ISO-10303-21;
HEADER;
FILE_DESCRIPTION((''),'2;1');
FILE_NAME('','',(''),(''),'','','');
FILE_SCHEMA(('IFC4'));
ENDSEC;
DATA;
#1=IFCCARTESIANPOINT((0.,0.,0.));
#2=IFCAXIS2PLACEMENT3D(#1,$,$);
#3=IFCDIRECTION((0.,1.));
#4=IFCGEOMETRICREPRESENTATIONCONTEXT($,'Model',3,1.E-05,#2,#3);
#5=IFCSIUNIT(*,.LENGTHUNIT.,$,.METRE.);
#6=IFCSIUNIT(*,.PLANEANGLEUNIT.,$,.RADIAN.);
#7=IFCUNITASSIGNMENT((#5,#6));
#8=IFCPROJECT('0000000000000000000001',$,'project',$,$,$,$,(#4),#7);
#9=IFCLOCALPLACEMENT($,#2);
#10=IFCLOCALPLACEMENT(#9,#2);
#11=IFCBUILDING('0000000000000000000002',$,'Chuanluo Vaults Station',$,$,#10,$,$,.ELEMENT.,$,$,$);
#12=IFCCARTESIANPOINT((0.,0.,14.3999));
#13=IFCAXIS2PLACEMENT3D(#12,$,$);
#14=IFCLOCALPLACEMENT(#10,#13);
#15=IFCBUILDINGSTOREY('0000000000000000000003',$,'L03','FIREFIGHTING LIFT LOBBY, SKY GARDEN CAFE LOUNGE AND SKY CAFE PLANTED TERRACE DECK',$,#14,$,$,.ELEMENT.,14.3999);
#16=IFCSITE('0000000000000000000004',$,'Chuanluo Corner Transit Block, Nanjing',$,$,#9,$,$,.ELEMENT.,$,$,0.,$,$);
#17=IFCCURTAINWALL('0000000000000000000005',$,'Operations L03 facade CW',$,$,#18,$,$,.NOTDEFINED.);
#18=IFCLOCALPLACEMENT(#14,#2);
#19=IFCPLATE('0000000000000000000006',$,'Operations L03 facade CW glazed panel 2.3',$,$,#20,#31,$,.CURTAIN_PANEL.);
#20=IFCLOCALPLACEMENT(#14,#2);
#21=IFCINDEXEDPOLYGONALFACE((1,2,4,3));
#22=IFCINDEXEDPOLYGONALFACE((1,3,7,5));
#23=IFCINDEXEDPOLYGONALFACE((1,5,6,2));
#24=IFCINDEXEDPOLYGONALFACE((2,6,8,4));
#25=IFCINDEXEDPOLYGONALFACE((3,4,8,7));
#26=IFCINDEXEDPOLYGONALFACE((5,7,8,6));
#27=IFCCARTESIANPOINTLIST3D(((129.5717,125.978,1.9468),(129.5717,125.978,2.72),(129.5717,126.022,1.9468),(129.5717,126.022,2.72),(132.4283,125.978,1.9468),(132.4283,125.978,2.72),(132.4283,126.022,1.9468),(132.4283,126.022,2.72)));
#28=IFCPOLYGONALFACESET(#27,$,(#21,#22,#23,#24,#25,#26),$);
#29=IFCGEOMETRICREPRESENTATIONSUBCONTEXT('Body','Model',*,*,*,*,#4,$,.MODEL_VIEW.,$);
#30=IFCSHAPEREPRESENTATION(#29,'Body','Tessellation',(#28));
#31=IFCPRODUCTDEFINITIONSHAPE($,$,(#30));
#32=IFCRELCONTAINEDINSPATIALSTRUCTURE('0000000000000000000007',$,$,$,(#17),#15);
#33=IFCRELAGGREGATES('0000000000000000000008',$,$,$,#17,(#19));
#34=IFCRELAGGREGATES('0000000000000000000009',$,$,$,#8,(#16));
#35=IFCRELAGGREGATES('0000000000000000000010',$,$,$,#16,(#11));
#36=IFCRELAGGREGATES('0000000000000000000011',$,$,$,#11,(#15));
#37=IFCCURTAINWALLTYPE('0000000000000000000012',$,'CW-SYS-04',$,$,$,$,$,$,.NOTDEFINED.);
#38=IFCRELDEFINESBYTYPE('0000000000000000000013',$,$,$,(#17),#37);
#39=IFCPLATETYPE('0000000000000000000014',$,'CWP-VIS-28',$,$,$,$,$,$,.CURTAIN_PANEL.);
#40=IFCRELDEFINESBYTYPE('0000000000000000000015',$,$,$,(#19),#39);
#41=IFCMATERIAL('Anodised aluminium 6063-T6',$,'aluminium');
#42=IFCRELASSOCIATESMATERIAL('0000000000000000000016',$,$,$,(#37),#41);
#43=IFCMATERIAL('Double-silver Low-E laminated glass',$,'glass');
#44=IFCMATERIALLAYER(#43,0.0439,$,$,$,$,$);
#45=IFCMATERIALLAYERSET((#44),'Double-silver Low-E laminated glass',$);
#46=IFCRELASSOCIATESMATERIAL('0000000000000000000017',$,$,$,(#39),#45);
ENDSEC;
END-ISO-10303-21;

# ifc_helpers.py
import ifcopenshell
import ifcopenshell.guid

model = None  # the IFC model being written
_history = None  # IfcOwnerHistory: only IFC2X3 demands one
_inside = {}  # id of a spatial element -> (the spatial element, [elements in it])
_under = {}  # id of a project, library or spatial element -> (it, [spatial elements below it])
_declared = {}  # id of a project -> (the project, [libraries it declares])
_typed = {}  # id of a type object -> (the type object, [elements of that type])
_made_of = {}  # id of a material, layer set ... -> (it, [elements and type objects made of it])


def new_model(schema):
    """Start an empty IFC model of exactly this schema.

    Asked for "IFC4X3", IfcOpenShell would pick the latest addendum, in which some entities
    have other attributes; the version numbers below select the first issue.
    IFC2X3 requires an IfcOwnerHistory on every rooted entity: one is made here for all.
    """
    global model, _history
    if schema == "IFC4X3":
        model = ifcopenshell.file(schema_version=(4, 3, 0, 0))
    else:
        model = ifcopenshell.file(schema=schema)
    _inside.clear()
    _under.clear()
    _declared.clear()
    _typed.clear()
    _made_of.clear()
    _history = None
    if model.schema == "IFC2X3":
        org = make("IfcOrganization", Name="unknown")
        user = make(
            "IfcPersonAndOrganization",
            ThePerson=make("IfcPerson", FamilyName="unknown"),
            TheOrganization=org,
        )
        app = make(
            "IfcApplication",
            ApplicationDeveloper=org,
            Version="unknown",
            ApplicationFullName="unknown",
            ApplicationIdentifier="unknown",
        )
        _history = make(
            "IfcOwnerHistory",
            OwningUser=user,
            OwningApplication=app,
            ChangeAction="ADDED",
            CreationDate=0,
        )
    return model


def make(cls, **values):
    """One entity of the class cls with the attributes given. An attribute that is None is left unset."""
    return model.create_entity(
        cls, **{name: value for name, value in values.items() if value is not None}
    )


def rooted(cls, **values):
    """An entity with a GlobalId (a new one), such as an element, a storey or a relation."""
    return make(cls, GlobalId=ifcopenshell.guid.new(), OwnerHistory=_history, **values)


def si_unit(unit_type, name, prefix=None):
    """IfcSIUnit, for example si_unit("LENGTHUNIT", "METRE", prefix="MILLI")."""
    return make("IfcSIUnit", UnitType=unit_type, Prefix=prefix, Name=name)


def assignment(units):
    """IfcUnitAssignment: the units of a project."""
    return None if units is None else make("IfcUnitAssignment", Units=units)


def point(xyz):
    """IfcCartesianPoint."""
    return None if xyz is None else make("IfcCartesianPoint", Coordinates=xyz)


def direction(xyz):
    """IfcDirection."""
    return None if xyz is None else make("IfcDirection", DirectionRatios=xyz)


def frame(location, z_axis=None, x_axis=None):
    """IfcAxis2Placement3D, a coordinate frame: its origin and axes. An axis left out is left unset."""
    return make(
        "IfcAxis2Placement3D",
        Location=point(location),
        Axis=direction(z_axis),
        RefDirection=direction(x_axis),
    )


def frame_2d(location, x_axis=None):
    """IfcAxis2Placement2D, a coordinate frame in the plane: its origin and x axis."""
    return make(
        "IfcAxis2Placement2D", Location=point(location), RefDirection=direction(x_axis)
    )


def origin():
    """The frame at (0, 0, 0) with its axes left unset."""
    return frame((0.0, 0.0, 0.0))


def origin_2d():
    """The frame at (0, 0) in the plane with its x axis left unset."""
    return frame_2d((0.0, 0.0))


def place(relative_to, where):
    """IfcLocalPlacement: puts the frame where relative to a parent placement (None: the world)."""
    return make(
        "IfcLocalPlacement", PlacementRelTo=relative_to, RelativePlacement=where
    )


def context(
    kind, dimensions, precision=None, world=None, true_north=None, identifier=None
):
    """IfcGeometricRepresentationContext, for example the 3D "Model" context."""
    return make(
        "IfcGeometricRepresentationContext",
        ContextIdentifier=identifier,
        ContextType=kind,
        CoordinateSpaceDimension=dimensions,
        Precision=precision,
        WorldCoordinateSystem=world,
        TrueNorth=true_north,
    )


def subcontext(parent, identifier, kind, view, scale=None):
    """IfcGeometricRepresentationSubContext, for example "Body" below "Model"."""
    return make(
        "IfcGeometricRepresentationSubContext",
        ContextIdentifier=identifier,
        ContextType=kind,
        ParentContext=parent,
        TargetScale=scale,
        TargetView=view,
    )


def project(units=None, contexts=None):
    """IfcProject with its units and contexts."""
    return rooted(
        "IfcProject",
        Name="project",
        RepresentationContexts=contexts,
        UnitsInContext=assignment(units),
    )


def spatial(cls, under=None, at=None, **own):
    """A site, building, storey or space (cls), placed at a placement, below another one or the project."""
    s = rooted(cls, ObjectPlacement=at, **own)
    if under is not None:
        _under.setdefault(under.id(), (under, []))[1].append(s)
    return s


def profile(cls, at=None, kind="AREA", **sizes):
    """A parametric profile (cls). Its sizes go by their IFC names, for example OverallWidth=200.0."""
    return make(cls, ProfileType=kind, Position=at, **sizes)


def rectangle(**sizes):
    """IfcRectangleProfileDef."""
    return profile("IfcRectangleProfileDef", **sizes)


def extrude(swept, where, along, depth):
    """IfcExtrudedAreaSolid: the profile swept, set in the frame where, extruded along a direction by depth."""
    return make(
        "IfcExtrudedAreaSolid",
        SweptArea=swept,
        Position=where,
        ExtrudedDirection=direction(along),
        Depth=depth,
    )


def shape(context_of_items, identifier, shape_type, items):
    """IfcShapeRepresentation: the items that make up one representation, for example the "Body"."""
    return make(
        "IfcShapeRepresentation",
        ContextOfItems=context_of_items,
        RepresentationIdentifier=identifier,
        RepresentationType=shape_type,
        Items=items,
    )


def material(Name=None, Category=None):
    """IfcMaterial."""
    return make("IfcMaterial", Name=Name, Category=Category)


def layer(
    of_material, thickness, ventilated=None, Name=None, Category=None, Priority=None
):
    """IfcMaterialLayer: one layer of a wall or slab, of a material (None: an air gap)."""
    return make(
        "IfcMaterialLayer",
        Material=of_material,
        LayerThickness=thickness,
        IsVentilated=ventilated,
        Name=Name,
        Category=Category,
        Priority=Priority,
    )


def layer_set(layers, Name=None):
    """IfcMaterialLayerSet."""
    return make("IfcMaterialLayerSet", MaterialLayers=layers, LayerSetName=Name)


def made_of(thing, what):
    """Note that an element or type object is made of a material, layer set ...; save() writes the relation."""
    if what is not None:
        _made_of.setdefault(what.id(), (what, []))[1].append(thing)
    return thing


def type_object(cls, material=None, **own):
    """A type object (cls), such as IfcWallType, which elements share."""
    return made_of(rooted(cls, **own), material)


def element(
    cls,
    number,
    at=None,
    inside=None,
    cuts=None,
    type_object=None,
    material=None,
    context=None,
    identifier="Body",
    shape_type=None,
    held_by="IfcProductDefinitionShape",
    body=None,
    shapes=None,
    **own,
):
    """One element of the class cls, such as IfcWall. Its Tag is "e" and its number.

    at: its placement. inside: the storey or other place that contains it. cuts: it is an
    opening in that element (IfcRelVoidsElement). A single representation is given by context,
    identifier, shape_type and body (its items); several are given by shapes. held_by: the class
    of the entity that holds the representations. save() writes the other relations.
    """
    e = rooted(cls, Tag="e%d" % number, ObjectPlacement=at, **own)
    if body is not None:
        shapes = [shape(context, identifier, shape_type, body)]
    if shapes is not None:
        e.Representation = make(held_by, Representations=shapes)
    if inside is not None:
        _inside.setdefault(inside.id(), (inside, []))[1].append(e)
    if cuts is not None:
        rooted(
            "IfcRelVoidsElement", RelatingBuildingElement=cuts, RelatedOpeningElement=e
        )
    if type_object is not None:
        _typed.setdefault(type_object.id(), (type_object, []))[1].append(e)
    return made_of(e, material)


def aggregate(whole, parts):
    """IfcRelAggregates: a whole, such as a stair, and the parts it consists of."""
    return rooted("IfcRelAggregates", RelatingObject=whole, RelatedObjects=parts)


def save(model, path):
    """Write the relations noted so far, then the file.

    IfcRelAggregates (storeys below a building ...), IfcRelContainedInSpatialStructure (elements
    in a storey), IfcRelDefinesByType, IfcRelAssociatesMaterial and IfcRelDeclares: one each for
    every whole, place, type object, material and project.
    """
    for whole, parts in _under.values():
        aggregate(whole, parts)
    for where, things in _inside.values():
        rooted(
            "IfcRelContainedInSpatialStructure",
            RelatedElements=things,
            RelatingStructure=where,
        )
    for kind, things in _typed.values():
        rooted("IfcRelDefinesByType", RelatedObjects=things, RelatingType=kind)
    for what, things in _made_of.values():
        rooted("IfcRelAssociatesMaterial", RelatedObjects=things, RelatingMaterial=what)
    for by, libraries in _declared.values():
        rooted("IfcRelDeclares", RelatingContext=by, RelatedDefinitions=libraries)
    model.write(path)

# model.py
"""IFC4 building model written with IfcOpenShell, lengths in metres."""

from ifc_helpers import new_model, si_unit, direction, frame, origin, origin_2d, place, context, subcontext, project, spatial, rectangle, extrude, material, layer, layer_set, type_object, element, aggregate, save


model = new_model("IFC4")

# Units and contexts
model_context = context("Model", 3, precision=1e-05, world=origin(), true_north=direction((0.0, 1.0)))
body_context = subcontext(model_context, "Body", "Model", "MODEL_VIEW")
ifc_project = project(units=[si_unit("LENGTHUNIT", "METRE"), si_unit("PLANEANGLEUNIT", "RADIAN")], contexts=[model_context])

# Site, building, storey
site_placement = place(None, origin())
site = spatial("IfcSite", under=ifc_project, at=site_placement, Name="Chuanluo Corner Transit Block, Nanjing", CompositionType="ELEMENT", RefElevation=0.0)
building_placement = place(site_placement, origin())
building = spatial("IfcBuilding", under=site, at=building_placement, Name="Chuanluo Vaults Station", CompositionType="ELEMENT")
storey_placement = place(building_placement, frame((0.0, 0.0, 14.3999)))
storey = spatial("IfcBuildingStorey", under=building, at=storey_placement, Name="L03", Description="FIREFIGHTING LIFT LOBBY, SKY GARDEN CAFE LOUNGE AND SKY CAFE PLANTED TERRACE DECK", CompositionType="ELEMENT", Elevation=14.3999)

# Curtain wall, plate
ifc_material_1 = material(Name="Anodised aluminium 6063-T6", Category="aluminium")
curtain_wall_type = type_object("IfcCurtainWallType", Name="CW-SYS-04", PredefinedType="NOTDEFINED", material=ifc_material_1)
curtain_wall_placement = place(storey_placement, origin())
curtain_wall = element("IfcCurtainWall", 1, at=curtain_wall_placement, inside=storey, type_object=curtain_wall_type, Name="Operations L03 facade CW", PredefinedType="NOTDEFINED")
ifc_material_2 = material(Name="Double-silver Low-E laminated glass", Category="glass")
ifc_layer_1 = layer(ifc_material_2, 0.0439)
ifc_layer_set_1 = layer_set([ifc_layer_1], Name="Double-silver Low-E laminated glass")
plate_type_1 = type_object("IfcPlateType", Name="CWP-VIS-28", PredefinedType="CURTAIN_PANEL", material=ifc_layer_set_1)
plate_1_placement = place(storey_placement, frame((131.0, 126.0, 1.9468), z_axis=(0.0, 0.0, 1.0), x_axis=(1.0, 0.0, 0.0)))
plate_1 = element("IfcPlate", 2, at=plate_1_placement, type_object=plate_type_1, Name="Operations L03 facade CW glazed panel 2.3", PredefinedType="CURTAIN_PANEL", context=body_context, shape_type="SweptSolid", body=[
    extrude(rectangle(XDim=2.8567, YDim=0.0439, at=origin_2d()), origin(), (0.0, 0.0, 1.0), 0.7732),
])
aggregate(curtain_wall, [plate_1])

save(model, "model.ifc")
